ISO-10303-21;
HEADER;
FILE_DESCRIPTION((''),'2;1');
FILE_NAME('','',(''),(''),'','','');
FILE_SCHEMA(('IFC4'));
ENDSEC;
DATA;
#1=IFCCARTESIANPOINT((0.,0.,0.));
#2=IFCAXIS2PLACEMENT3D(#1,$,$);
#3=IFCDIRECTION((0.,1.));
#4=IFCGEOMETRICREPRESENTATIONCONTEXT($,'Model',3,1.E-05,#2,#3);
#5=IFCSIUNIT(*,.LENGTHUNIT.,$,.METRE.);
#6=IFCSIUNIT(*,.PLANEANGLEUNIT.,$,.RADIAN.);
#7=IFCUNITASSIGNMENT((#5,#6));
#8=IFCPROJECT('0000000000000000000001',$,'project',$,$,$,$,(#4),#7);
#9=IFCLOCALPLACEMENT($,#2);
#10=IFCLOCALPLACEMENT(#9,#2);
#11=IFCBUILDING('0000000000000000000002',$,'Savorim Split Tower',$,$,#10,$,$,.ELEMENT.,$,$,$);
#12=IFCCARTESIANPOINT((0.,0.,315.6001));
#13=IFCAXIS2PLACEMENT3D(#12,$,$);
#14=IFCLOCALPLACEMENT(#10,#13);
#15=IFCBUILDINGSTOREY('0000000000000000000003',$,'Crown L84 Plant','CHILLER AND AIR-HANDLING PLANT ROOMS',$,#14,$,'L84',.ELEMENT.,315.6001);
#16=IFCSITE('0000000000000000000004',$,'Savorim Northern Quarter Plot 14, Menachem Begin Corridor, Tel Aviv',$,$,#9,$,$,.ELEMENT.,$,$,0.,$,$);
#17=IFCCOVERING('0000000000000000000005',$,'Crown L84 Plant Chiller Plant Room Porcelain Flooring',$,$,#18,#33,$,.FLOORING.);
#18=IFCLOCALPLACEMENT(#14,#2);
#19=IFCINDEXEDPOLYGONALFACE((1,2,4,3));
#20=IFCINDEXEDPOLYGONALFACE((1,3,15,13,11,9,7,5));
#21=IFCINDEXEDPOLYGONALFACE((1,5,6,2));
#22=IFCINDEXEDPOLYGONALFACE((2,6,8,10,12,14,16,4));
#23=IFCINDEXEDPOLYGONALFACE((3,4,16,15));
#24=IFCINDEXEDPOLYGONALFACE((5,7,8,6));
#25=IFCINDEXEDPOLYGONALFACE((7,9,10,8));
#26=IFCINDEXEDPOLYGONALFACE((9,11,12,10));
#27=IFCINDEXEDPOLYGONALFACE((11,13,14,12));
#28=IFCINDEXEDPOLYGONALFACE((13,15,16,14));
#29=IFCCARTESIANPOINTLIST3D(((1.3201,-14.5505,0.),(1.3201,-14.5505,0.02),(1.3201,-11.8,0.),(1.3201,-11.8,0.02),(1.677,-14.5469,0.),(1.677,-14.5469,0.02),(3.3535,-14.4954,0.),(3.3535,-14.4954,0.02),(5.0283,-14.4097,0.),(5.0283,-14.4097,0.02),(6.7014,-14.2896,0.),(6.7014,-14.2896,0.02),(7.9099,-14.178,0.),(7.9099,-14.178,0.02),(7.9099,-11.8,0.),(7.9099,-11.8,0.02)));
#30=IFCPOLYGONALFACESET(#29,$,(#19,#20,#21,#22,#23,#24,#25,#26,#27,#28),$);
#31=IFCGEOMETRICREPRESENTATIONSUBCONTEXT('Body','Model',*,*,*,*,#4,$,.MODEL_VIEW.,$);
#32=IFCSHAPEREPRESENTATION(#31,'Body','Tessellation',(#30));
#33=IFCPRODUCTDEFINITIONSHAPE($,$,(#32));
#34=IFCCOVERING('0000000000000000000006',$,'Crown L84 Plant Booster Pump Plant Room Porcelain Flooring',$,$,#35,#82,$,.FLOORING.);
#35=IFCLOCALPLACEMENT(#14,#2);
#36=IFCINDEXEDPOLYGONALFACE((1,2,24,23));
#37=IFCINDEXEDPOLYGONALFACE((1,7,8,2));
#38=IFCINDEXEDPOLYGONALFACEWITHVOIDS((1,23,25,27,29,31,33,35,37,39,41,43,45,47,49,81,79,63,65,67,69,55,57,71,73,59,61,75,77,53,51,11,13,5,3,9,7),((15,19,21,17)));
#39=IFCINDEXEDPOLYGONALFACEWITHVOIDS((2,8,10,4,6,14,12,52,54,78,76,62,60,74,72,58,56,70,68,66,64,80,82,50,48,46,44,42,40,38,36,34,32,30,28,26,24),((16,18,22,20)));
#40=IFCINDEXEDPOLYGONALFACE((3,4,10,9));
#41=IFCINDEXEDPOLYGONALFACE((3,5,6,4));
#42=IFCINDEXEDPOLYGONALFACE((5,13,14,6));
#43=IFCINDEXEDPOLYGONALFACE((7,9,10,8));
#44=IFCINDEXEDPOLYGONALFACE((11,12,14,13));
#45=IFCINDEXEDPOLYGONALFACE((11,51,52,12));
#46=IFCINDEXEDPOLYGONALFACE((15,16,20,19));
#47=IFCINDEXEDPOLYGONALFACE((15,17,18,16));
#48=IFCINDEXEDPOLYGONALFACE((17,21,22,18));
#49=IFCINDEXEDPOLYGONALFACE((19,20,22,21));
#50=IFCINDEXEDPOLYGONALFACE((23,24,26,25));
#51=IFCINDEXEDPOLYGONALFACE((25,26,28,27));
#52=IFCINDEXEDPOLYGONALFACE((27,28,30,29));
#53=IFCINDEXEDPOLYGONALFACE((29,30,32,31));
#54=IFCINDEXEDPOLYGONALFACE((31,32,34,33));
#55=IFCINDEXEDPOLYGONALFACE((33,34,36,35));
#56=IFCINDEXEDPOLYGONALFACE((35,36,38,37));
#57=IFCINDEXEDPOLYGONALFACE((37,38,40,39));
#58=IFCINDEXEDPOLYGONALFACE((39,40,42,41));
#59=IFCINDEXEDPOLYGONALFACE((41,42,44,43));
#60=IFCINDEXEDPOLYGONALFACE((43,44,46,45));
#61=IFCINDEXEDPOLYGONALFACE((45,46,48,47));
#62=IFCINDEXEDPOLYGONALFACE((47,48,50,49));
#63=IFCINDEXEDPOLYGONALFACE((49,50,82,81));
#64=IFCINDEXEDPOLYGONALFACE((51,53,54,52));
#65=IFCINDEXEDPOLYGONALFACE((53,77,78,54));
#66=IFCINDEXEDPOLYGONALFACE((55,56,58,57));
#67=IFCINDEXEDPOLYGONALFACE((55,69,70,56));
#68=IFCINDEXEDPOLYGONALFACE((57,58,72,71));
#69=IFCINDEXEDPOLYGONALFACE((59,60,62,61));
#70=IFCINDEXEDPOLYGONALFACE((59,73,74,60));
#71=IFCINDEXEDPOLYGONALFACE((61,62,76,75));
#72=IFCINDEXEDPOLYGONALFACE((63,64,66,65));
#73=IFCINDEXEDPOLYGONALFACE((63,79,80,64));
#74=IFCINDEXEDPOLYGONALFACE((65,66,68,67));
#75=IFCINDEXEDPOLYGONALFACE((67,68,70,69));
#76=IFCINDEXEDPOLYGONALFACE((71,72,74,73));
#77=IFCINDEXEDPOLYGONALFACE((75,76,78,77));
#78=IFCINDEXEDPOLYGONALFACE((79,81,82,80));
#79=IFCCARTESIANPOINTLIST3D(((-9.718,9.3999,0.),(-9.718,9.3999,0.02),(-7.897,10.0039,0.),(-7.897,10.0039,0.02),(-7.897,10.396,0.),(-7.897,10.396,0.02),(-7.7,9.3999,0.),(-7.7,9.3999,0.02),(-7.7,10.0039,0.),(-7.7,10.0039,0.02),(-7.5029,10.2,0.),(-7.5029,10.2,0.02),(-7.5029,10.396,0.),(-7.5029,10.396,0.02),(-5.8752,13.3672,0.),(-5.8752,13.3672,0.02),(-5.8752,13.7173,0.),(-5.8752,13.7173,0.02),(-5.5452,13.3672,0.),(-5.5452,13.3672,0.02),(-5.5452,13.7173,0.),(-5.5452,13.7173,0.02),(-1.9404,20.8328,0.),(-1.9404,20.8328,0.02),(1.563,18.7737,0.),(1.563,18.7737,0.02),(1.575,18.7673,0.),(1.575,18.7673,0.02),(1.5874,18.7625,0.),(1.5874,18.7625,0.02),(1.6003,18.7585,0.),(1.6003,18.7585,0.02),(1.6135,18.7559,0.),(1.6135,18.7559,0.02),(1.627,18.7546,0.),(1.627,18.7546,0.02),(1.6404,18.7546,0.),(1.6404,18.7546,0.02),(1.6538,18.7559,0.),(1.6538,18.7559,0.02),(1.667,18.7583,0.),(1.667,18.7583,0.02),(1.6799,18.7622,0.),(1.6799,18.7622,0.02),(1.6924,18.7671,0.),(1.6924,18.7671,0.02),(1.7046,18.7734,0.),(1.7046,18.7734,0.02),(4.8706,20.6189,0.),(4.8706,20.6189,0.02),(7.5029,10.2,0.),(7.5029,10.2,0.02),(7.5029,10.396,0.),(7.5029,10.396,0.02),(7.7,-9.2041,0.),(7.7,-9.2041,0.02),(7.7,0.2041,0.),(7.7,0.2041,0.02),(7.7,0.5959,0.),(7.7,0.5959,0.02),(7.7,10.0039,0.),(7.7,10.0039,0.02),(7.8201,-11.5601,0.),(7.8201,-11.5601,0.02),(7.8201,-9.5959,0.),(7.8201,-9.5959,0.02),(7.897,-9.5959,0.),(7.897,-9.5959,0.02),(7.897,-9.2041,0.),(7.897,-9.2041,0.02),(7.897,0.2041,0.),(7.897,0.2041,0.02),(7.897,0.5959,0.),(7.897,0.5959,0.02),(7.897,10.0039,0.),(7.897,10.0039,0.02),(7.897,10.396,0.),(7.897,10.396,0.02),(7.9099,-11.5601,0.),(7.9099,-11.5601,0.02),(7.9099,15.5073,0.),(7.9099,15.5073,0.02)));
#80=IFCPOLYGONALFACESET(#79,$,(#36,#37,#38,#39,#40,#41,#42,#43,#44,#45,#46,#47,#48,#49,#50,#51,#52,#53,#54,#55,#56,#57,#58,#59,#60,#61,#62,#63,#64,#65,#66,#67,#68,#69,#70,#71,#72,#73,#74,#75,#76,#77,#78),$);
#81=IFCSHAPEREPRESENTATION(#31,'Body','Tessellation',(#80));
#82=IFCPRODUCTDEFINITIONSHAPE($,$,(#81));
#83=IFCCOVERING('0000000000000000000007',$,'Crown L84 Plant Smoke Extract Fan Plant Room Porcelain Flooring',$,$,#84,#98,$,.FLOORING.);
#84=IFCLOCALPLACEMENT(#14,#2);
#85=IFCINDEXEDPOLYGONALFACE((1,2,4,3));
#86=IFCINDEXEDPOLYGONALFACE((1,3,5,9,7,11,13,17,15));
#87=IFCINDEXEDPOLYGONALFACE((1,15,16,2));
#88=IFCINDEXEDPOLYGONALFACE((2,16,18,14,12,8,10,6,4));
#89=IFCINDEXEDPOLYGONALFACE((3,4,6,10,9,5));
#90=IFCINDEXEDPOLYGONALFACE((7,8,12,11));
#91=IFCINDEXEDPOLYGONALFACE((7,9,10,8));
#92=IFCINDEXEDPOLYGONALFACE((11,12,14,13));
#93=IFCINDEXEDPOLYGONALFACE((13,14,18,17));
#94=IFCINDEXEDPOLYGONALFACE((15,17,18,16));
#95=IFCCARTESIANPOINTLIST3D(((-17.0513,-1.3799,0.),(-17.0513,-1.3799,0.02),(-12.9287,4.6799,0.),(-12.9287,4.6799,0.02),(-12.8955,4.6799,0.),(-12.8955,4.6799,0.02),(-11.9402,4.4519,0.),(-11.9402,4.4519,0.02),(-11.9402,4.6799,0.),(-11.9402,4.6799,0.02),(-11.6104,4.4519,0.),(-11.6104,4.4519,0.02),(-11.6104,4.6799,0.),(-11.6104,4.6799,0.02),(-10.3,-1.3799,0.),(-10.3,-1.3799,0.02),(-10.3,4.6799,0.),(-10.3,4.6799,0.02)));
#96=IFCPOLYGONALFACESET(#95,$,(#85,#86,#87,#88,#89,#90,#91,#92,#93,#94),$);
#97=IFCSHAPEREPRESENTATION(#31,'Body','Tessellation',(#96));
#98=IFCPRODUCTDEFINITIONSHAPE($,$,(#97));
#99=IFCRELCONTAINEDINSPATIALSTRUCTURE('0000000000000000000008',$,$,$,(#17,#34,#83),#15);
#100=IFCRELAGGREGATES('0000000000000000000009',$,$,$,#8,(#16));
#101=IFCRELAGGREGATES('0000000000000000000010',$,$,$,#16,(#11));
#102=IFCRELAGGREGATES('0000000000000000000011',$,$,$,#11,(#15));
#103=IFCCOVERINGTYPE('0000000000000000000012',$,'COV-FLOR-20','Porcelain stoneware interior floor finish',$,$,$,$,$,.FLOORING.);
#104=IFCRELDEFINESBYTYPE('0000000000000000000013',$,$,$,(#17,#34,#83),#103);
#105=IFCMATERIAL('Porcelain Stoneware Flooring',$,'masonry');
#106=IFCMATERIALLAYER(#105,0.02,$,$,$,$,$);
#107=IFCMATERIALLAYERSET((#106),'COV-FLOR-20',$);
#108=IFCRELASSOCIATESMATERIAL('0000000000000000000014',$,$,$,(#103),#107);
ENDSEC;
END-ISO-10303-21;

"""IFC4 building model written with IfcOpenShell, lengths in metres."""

from ifc_helpers import new_model, si_unit, direction, frame, origin, place, context, subcontext, project, spatial, polyline, outline, extrude, material, layer, layer_set, type_object, element, save


model = new_model("IFC4")

# Units and contexts
model_context = context("Model", 3, precision=1e-05, world=origin(), true_north=direction((0.0, 1.0)))
body_context = subcontext(model_context, "Body", "Model", "MODEL_VIEW")
ifc_project = project(units=[si_unit("LENGTHUNIT", "METRE"), si_unit("PLANEANGLEUNIT", "RADIAN")], contexts=[model_context])

# Site, building, storey
site_placement = place(None, origin())
site = spatial("IfcSite", under=ifc_project, at=site_placement, Name="Savorim Northern Quarter Plot 14, Menachem Begin Corridor, Tel Aviv", CompositionType="ELEMENT", RefElevation=0.0)
building_placement = place(site_placement, origin())
building = spatial("IfcBuilding", under=site, at=building_placement, Name="Savorim Split Tower", CompositionType="ELEMENT")
storey_placement = place(building_placement, frame((0.0, 0.0, 315.6001)))
storey = spatial("IfcBuildingStorey", under=building, at=storey_placement, Name="Crown L84 Plant", Description="CHILLER AND AIR-HANDLING PLANT ROOMS", LongName="L84", CompositionType="ELEMENT", Elevation=315.6001)

# Coverings
ifc_material_1 = material(Name="Porcelain Stoneware Flooring", Category="masonry")
ifc_layer_1 = layer(ifc_material_1, 0.02)
ifc_layer_set_1 = layer_set([ifc_layer_1], Name="COV-FLOR-20")
covering_type_1 = type_object("IfcCoveringType", Name="COV-FLOR-20", Description="Porcelain stoneware interior floor finish", PredefinedType="FLOORING", material=ifc_layer_set_1)
covering_1_placement = place(storey_placement, origin())
element("IfcCovering", 1, at=covering_1_placement, inside=storey, type_object=covering_type_1, Name="Crown L84 Plant Chiller Plant Room Porcelain Flooring", PredefinedType="FLOORING", context=body_context, shape_type="SweptSolid", body=[
    extrude(outline(polyline([(3.3535, -14.4954), (5.0283, -14.4097), (6.7014, -14.2896), (7.9099, -14.178), (7.9099, -11.8), (1.3201, -11.8), (1.3201, -14.5505), (1.677, -14.5469), (3.3535, -14.4954)])), origin(), (0.0, 0.0, 1.0), 0.02),
])
covering_2_placement = place(storey_placement, origin())
element("IfcCovering", 2, at=covering_2_placement, inside=storey, type_object=covering_type_1, Name="Crown L84 Plant Booster Pump Plant Room Porcelain Flooring", PredefinedType="FLOORING", context=body_context, shape_type="SweptSolid", body=[
    extrude(outline(polyline([(1.575, 18.7673), (1.563, 18.7737), (-1.9404, 20.8328), (-9.718, 9.3999), (-7.7, 9.3999), (-7.7, 10.0039), (-7.897, 10.0039), (-7.897, 10.396), (-7.5029, 10.396), (-7.5029, 10.2), (7.5029, 10.2), (7.5029, 10.396), (7.897, 10.396), (7.897, 10.0039), (7.7, 10.0039), (7.7, 0.5959), (7.897, 0.5959), (7.897, 0.2041), (7.7, 0.2041), (7.7, -9.2041), (7.897, -9.2041), (7.897, -9.5959), (7.8201, -9.5959), (7.8201, -11.5601), (7.9099, -11.5601), (7.9099, 15.5073), (4.8706, 20.6189), (1.7046, 18.7734), (1.6924, 18.7671), (1.6799, 18.7622), (1.667, 18.7583), (1.6538, 18.7559), (1.6404, 18.7546), (1.627, 18.7546), (1.6135, 18.7559), (1.6003, 18.7585), (1.5874, 18.7625), (1.575, 18.7673)]), holes=[polyline([(-5.8752, 13.3672), (-5.5452, 13.3672), (-5.5452, 13.7173), (-5.8752, 13.7173), (-5.8752, 13.3672)])]), origin(), (0.0, 0.0, 1.0), 0.02),
])
covering_3_placement = place(storey_placement, origin())
element("IfcCovering", 3, at=covering_3_placement, inside=storey, type_object=covering_type_1, Name="Crown L84 Plant Smoke Extract Fan Plant Room Porcelain Flooring", PredefinedType="FLOORING", context=body_context, shape_type="SweptSolid", body=[
    extrude(outline(polyline([(-11.9402, 4.6799), (-12.8955, 4.6799), (-12.9287, 4.6799), (-17.0513, -1.3799), (-10.3, -1.3799), (-10.3, 4.6799), (-11.6104, 4.6799), (-11.6104, 4.4519), (-11.9402, 4.4519), (-11.9402, 4.6799)])), origin(), (0.0, 0.0, 1.0), 0.02),
])

save(model, "model.ifc")
